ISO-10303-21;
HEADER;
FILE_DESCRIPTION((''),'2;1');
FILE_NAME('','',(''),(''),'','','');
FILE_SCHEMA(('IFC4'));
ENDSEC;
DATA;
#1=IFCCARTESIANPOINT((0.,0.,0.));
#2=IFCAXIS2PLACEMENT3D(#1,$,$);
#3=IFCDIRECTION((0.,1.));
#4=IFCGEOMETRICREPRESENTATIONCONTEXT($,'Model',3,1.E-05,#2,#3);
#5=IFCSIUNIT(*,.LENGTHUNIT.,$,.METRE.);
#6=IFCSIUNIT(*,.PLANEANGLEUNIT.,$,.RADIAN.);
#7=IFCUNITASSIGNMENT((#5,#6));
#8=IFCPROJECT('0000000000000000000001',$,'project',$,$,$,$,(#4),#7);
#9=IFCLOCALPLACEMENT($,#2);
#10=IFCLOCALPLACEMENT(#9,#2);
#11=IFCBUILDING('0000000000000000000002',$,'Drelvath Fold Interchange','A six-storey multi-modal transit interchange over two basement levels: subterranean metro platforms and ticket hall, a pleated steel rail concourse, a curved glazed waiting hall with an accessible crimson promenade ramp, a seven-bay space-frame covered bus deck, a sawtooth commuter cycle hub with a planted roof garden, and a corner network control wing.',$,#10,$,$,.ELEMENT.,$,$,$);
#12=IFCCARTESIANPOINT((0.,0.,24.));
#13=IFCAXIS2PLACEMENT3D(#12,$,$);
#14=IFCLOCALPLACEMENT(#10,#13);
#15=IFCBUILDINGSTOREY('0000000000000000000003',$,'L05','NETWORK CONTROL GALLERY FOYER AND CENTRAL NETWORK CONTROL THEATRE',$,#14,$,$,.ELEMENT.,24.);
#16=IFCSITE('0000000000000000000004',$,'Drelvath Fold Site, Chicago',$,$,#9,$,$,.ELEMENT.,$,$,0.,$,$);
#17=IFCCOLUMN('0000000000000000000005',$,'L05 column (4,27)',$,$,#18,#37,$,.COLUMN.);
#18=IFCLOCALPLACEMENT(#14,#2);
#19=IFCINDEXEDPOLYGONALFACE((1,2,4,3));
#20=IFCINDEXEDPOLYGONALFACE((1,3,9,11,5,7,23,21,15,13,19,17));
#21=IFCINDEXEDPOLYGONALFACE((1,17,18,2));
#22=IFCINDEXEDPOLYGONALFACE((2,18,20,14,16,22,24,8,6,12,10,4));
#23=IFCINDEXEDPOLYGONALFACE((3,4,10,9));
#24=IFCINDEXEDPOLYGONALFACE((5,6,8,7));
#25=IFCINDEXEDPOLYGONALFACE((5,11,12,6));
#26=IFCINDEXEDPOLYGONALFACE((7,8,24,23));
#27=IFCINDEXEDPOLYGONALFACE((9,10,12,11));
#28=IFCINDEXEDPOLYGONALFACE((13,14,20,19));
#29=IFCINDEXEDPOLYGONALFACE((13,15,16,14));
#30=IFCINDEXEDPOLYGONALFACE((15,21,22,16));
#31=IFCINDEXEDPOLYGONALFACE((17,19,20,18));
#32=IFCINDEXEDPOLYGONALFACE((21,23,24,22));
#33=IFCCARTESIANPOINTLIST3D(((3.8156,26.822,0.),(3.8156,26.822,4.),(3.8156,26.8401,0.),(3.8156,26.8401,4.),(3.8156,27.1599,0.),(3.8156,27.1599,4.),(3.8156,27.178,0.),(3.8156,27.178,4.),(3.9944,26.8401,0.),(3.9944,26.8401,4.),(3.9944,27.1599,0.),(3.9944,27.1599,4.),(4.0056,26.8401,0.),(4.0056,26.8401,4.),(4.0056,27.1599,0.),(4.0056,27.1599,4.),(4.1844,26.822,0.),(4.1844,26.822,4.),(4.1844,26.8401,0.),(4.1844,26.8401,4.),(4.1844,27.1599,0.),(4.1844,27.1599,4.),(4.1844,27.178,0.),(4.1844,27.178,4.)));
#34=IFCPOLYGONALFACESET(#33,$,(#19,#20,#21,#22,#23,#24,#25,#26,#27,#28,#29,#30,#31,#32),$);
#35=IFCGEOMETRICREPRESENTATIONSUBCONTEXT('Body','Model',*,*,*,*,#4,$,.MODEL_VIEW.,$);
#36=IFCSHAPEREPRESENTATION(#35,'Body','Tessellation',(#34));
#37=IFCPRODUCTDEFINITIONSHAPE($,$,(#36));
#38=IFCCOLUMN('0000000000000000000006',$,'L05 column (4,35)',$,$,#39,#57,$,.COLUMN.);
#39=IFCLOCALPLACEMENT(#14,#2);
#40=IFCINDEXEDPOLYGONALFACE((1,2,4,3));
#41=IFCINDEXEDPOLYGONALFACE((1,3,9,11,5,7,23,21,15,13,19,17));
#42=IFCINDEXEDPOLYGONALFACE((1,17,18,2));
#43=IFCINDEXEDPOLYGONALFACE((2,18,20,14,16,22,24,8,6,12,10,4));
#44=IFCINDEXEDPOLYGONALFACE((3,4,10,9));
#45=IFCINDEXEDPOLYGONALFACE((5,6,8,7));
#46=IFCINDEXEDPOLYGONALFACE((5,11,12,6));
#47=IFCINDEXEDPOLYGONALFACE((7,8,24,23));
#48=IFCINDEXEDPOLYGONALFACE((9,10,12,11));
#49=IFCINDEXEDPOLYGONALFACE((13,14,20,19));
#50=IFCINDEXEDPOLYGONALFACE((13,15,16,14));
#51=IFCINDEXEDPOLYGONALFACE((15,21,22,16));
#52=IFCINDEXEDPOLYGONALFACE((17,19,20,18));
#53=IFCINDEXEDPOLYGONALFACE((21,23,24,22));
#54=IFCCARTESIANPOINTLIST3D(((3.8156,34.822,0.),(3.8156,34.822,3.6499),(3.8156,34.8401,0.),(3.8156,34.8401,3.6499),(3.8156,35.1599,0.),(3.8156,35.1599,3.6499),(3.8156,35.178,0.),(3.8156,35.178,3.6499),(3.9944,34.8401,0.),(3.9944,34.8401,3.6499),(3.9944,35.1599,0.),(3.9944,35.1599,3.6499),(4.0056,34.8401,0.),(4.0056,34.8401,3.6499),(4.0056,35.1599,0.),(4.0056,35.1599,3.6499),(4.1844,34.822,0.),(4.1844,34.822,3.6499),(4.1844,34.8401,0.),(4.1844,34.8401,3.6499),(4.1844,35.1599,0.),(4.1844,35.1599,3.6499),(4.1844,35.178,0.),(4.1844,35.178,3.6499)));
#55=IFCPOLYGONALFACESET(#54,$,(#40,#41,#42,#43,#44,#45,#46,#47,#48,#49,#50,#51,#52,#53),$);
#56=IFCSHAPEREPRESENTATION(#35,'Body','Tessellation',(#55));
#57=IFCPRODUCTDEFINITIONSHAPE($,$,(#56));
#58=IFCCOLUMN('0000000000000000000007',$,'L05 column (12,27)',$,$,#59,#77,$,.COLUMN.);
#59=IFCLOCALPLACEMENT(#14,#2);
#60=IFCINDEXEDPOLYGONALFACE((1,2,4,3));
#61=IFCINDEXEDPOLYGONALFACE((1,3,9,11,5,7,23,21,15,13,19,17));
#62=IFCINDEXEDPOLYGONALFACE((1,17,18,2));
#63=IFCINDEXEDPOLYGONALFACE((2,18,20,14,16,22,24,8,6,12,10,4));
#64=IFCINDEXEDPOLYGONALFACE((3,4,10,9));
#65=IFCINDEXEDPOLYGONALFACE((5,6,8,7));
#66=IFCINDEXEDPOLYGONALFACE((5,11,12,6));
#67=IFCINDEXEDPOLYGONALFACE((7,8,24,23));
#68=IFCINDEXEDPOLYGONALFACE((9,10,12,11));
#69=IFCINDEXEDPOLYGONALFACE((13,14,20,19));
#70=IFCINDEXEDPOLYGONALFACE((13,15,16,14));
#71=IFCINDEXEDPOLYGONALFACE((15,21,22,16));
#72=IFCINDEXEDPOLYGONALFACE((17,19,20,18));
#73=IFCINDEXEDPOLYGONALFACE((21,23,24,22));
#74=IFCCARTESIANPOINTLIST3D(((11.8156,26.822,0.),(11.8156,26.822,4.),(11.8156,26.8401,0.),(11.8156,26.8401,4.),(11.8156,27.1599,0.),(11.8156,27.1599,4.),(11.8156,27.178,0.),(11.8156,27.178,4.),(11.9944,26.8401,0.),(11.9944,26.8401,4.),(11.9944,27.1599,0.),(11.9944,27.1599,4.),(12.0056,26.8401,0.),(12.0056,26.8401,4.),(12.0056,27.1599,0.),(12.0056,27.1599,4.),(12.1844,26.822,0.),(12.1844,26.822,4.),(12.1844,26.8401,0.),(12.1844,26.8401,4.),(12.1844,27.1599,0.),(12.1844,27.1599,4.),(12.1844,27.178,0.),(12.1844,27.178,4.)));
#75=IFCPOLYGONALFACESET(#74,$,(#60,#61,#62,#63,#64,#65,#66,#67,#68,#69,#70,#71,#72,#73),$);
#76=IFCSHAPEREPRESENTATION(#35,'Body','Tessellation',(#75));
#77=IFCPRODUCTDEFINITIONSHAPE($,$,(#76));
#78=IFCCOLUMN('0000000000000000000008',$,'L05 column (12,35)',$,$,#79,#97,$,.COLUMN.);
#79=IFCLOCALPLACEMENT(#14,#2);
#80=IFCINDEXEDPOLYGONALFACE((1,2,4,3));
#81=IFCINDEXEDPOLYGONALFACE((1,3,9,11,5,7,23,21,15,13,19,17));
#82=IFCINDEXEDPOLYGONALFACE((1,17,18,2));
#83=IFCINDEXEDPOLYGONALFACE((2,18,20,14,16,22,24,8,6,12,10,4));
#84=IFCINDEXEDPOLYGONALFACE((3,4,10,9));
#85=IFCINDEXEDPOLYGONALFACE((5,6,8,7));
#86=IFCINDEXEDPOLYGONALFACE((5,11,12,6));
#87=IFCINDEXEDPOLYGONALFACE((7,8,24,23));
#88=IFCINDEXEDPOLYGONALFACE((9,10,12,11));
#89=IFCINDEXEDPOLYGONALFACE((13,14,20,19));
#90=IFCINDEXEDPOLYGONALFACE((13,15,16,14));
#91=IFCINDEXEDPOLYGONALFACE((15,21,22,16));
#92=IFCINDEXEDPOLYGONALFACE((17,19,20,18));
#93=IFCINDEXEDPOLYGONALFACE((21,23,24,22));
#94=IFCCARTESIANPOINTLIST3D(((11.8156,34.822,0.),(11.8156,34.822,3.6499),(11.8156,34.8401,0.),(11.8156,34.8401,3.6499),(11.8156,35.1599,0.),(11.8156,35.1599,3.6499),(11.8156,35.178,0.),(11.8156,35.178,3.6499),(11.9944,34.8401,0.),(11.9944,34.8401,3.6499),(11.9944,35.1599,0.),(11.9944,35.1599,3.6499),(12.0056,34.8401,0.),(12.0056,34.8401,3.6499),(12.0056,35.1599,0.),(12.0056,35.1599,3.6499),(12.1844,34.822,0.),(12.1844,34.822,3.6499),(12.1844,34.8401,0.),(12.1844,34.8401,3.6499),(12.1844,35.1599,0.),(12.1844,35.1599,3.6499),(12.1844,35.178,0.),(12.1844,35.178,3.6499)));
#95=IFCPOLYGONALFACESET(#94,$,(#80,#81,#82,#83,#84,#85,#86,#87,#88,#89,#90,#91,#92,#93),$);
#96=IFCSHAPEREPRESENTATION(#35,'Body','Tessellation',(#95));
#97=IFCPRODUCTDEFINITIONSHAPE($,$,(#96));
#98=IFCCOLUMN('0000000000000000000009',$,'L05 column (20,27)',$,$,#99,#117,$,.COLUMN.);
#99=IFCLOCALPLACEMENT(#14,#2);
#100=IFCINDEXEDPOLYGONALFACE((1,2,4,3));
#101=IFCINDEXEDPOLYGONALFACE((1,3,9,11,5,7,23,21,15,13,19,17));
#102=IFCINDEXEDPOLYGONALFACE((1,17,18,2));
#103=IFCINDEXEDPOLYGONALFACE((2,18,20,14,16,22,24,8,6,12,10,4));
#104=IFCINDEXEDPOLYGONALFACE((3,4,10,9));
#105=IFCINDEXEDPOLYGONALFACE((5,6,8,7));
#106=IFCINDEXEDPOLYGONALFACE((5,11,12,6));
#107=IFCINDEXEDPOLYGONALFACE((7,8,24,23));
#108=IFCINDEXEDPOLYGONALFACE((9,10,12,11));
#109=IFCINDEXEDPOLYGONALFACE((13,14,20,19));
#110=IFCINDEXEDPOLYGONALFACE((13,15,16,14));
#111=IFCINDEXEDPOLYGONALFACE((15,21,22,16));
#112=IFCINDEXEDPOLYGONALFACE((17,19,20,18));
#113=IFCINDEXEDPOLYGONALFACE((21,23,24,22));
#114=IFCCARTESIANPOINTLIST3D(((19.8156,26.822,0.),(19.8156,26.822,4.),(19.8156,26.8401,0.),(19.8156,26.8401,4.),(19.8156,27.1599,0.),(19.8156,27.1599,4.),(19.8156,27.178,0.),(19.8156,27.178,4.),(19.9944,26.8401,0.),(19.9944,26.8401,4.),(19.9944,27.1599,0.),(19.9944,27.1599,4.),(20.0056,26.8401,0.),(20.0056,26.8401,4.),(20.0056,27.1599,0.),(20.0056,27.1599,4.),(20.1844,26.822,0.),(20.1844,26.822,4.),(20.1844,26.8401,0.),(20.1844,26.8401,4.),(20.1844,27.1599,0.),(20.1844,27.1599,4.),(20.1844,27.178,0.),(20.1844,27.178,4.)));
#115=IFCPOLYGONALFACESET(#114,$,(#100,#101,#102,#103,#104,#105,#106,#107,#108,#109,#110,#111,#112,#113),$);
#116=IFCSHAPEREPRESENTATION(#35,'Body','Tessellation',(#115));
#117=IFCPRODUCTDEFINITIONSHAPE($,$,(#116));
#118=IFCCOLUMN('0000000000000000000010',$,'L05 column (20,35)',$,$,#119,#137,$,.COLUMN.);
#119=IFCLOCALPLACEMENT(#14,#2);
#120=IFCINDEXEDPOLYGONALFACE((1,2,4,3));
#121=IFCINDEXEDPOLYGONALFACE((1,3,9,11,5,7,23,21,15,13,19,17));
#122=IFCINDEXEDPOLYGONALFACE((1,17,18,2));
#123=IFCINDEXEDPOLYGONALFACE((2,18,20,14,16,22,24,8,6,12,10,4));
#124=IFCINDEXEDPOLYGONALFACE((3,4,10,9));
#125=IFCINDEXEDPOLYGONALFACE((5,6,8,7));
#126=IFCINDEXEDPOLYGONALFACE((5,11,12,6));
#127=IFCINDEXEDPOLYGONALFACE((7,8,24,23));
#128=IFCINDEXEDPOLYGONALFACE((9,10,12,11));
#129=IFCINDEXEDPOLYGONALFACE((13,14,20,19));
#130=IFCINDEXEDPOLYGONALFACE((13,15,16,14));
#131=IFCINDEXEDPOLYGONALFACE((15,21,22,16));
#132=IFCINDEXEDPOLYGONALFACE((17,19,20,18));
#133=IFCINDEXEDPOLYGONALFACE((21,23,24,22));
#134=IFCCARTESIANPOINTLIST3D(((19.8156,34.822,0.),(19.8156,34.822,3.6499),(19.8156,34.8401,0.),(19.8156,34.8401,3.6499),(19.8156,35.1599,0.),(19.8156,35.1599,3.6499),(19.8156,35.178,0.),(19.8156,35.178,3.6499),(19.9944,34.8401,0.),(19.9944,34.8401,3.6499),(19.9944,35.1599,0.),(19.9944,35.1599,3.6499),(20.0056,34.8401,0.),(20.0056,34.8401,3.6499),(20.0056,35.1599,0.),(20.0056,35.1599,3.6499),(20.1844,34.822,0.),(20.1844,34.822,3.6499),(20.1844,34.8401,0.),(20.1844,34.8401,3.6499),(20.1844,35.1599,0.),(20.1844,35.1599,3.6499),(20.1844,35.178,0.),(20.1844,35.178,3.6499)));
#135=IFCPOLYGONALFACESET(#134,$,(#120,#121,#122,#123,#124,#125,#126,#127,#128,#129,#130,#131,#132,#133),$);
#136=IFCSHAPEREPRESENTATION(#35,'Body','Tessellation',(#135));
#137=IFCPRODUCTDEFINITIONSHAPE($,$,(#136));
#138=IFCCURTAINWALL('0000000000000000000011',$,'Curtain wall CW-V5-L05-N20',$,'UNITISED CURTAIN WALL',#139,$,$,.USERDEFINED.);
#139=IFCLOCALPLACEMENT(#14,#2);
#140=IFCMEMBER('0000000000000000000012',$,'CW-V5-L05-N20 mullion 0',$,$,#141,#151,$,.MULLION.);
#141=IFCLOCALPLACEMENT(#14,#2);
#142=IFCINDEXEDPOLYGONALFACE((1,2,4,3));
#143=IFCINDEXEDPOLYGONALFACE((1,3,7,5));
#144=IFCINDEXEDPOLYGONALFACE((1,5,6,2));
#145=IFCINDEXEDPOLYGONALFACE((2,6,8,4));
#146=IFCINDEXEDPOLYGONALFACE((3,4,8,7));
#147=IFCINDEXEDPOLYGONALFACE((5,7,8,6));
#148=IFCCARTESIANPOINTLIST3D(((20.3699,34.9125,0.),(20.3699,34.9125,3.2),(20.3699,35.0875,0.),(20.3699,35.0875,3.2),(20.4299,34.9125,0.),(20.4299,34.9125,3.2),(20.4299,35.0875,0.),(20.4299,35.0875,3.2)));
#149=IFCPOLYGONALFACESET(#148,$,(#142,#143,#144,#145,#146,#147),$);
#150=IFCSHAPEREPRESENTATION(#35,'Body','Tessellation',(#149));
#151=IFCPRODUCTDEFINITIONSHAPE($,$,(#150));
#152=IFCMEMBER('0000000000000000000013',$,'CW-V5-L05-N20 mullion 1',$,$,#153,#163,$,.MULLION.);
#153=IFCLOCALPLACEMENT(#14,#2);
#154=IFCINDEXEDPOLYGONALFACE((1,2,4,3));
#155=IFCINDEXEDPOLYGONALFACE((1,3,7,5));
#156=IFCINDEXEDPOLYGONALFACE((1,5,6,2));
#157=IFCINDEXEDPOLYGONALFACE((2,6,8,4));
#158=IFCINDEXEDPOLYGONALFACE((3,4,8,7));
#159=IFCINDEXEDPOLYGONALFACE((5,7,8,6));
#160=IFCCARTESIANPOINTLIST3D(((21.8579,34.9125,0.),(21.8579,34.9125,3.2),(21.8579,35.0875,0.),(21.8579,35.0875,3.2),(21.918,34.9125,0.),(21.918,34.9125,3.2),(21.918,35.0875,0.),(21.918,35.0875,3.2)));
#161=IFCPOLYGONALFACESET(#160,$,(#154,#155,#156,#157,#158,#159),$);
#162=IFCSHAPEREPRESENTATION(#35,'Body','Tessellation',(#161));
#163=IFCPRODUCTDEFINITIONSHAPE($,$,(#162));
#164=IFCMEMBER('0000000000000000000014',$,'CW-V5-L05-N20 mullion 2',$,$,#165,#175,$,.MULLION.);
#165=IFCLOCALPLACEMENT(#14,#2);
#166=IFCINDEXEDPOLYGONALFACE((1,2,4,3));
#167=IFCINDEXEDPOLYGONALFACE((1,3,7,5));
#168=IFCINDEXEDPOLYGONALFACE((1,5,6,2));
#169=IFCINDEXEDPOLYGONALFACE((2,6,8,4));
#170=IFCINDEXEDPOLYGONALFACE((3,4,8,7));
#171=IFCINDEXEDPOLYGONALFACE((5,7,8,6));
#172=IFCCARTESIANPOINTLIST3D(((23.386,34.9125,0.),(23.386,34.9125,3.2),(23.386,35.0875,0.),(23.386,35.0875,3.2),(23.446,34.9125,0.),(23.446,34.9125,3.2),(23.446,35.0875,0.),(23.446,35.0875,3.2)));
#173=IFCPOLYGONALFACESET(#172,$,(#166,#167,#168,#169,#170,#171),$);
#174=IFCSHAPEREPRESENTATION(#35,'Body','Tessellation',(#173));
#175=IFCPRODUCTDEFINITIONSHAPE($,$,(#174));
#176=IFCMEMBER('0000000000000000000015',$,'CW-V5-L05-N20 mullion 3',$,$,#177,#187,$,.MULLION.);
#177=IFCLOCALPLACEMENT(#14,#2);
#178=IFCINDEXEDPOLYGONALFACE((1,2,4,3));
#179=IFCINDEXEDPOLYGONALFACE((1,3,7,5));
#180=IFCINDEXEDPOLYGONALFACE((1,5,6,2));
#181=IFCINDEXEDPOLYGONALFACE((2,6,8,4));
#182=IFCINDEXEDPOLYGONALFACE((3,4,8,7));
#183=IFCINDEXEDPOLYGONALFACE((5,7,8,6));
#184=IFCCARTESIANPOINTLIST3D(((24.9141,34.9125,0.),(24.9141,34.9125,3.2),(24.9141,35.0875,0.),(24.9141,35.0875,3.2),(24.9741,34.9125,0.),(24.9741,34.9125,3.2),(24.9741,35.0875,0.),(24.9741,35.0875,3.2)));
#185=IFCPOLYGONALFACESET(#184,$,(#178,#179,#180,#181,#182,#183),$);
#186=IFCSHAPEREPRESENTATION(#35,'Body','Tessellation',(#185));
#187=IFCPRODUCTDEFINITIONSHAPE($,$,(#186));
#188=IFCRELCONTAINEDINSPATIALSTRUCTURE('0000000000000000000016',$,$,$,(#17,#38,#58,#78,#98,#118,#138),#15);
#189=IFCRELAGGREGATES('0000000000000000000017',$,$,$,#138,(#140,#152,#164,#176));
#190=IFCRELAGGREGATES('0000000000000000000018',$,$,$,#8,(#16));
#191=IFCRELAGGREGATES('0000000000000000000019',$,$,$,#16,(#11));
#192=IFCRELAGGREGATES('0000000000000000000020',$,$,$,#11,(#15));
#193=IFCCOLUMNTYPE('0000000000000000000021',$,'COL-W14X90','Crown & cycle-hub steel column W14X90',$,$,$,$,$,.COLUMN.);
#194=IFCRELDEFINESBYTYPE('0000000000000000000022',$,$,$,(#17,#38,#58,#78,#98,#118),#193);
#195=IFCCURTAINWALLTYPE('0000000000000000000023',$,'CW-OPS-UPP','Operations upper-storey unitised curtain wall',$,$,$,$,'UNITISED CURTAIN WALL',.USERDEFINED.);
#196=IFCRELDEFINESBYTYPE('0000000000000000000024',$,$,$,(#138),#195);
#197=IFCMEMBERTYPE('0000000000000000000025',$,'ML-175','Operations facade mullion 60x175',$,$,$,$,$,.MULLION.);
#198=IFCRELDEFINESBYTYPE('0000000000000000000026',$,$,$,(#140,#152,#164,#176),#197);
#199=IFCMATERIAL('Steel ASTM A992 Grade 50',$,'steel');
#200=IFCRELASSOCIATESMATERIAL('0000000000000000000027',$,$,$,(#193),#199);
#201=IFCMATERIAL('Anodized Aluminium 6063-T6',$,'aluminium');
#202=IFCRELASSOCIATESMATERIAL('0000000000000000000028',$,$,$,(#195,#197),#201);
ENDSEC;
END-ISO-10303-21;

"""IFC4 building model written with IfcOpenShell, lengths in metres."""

from ifc_helpers import new_model, si_unit, direction, frame, origin, origin_2d, place, context, subcontext, project, spatial, rectangle, i_section, extrude, material, material_profile, profile_set, type_object, element, aggregate, save


model = new_model("IFC4")

# Units and contexts
model_context = context("Model", 3, precision=1e-05, world=origin(), true_north=direction((0.0, 1.0)))
body_context = subcontext(model_context, "Body", "Model", "MODEL_VIEW")
ifc_project = project(units=[si_unit("LENGTHUNIT", "METRE"), si_unit("PLANEANGLEUNIT", "RADIAN")], contexts=[model_context])

# Site, building, storey
site_placement = place(None, origin())
site = spatial("IfcSite", under=ifc_project, at=site_placement, Name="Drelvath Fold Site, Chicago", CompositionType="ELEMENT", RefElevation=0.0)
building_placement = place(site_placement, origin())
building = spatial("IfcBuilding", under=site, at=building_placement, Name="Drelvath Fold Interchange", Description="A six-storey multi-modal transit interchange over two basement levels: subterranean metro platforms and ticket hall, a pleated steel rail concourse, a curved glazed waiting hall with an accessible crimson promenade ramp, a seven-bay space-frame covered bus deck, a sawtooth commuter cycle hub with a planted roof garden, and a corner network control wing.", CompositionType="ELEMENT")
storey_placement = place(building_placement, frame((0.0, 0.0, 24.0)))
storey = spatial("IfcBuildingStorey", under=building, at=storey_placement, Name="L05", Description="NETWORK CONTROL GALLERY FOYER AND CENTRAL NETWORK CONTROL THEATRE", CompositionType="ELEMENT", Elevation=24.0)

# Columns
ifc_material_1 = material(Name="Steel ASTM A992 Grade 50", Category="steel")
ifc_material_profile_1 = material_profile(ifc_material_1, i_section(OverallWidth=0.3689, OverallDepth=0.356, WebThickness=0.0112, FlangeThickness=0.0181, at=origin_2d()), Name="W14X90")
ifc_profile_set_1 = profile_set([ifc_material_profile_1], Name="Steel ASTM A992 Grade 50")
column_type = type_object("IfcColumnType", Name="COL-W14X90", Description="Crown & cycle-hub steel column W14X90", PredefinedType="COLUMN", material=ifc_profile_set_1)
column_1_placement = place(storey_placement, frame((4.0, 27.0, 0.0), z_axis=(0.0, 0.0, 1.0), x_axis=(1.0, 0.0, 0.0)))
element("IfcColumn", 1, at=column_1_placement, inside=storey, type_object=column_type, Name="L05 column (4,27)", PredefinedType="COLUMN", context=body_context, shape_type="SweptSolid", body=[
    extrude(i_section(OverallWidth=0.3689, OverallDepth=0.356, WebThickness=0.0112, FlangeThickness=0.0181, at=origin_2d()), origin(), (0.0, 0.0, 1.0), 4.0),
])
column_2_placement = place(storey_placement, frame((4.0, 35.0, 0.0), z_axis=(0.0, 0.0, 1.0), x_axis=(1.0, 0.0, 0.0)))
element("IfcColumn", 2, at=column_2_placement, inside=storey, type_object=column_type, Name="L05 column (4,35)", PredefinedType="COLUMN", context=body_context, shape_type="SweptSolid", body=[
    extrude(i_section(OverallWidth=0.3689, OverallDepth=0.356, WebThickness=0.0112, FlangeThickness=0.0181, at=origin_2d()), origin(), (0.0, 0.0, 1.0), 3.6499),
])
column_3_placement = place(storey_placement, frame((12.0, 27.0, 0.0), z_axis=(0.0, 0.0, 1.0), x_axis=(1.0, 0.0, 0.0)))
element("IfcColumn", 3, at=column_3_placement, inside=storey, type_object=column_type, Name="L05 column (12,27)", PredefinedType="COLUMN", context=body_context, shape_type="SweptSolid", body=[
    extrude(i_section(OverallWidth=0.3689, OverallDepth=0.356, WebThickness=0.0112, FlangeThickness=0.0181, at=origin_2d()), origin(), (0.0, 0.0, 1.0), 4.0),
])
column_4_placement = place(storey_placement, frame((12.0, 35.0, 0.0), z_axis=(0.0, 0.0, 1.0), x_axis=(1.0, 0.0, 0.0)))
element("IfcColumn", 4, at=column_4_placement, inside=storey, type_object=column_type, Name="L05 column (12,35)", PredefinedType="COLUMN", context=body_context, shape_type="SweptSolid", body=[
    extrude(i_section(OverallWidth=0.3689, OverallDepth=0.356, WebThickness=0.0112, FlangeThickness=0.0181, at=origin_2d()), origin(), (0.0, 0.0, 1.0), 3.6499),
])
column_5_placement = place(storey_placement, frame((20.0, 27.0, 0.0), z_axis=(0.0, 0.0, 1.0), x_axis=(1.0, 0.0, 0.0)))
element("IfcColumn", 5, at=column_5_placement, inside=storey, type_object=column_type, Name="L05 column (20,27)", PredefinedType="COLUMN", context=body_context, shape_type="SweptSolid", body=[
    extrude(i_section(OverallWidth=0.3689, OverallDepth=0.356, WebThickness=0.0112, FlangeThickness=0.0181, at=origin_2d()), origin(), (0.0, 0.0, 1.0), 4.0),
])
column_6_placement = place(storey_placement, frame((20.0, 35.0, 0.0), z_axis=(0.0, 0.0, 1.0), x_axis=(1.0, 0.0, 0.0)))
element("IfcColumn", 6, at=column_6_placement, inside=storey, type_object=column_type, Name="L05 column (20,35)", PredefinedType="COLUMN", context=body_context, shape_type="SweptSolid", body=[
    extrude(i_section(OverallWidth=0.3689, OverallDepth=0.356, WebThickness=0.0112, FlangeThickness=0.0181, at=origin_2d()), origin(), (0.0, 0.0, 1.0), 3.6499),
])

# Curtain wall, members
ifc_material_2 = material(Name="Anodized Aluminium 6063-T6", Category="aluminium")
curtain_wall_type = type_object("IfcCurtainWallType", Name="CW-OPS-UPP", Description="Operations upper-storey unitised curtain wall", ElementType="UNITISED CURTAIN WALL", PredefinedType="USERDEFINED", material=ifc_material_2)
curtain_wall_placement = place(storey_placement, origin())
curtain_wall = element("IfcCurtainWall", 7, at=curtain_wall_placement, inside=storey, type_object=curtain_wall_type, Name="Curtain wall CW-V5-L05-N20", ObjectType="UNITISED CURTAIN WALL", PredefinedType="USERDEFINED")
ifc_material_profile_2 = material_profile(ifc_material_2, rectangle(XDim=0.0601, YDim=0.175, at=origin_2d()), Name="AL-M 60x175")
ifc_profile_set_2 = profile_set([ifc_material_profile_2], Name="Anodized Aluminium 6063-T6")
member_type_1 = type_object("IfcMemberType", Name="ML-175", Description="Operations facade mullion 60x175", PredefinedType="MULLION", material=ifc_profile_set_2)
member_1_placement = place(storey_placement, frame((20.3999, 35.0, 0.0), z_axis=(0.0, 0.0, 1.0), x_axis=(1.0, 0.0, 0.0)))
member_1 = element("IfcMember", 8, at=member_1_placement, type_object=member_type_1, Name="CW-V5-L05-N20 mullion 0", PredefinedType="MULLION", context=body_context, shape_type="SweptSolid", body=[
    extrude(rectangle(XDim=0.0601, YDim=0.175, at=origin_2d()), origin(), (0.0, 0.0, 1.0), 3.2),
])
member_2_placement = place(storey_placement, frame((21.8879, 35.0, 0.0), z_axis=(0.0, 0.0, 1.0), x_axis=(1.0, 0.0, 0.0)))
member_2 = element("IfcMember", 9, at=member_2_placement, type_object=member_type_1, Name="CW-V5-L05-N20 mullion 1", PredefinedType="MULLION", context=body_context, shape_type="SweptSolid", body=[
    extrude(rectangle(XDim=0.0601, YDim=0.175, at=origin_2d()), origin(), (0.0, 0.0, 1.0), 3.2),
])
member_3_placement = place(storey_placement, frame((23.416, 35.0, 0.0), z_axis=(0.0, 0.0, 1.0), x_axis=(1.0, 0.0, 0.0)))
member_3 = element("IfcMember", 10, at=member_3_placement, type_object=member_type_1, Name="CW-V5-L05-N20 mullion 2", PredefinedType="MULLION", context=body_context, shape_type="SweptSolid", body=[
    extrude(rectangle(XDim=0.0601, YDim=0.175, at=origin_2d()), origin(), (0.0, 0.0, 1.0), 3.2),
])
member_4_placement = place(storey_placement, frame((24.9441, 35.0, 0.0), z_axis=(0.0, 0.0, 1.0), x_axis=(1.0, 0.0, 0.0)))
member_4 = element("IfcMember", 11, at=member_4_placement, type_object=member_type_1, Name="CW-V5-L05-N20 mullion 3", PredefinedType="MULLION", context=body_context, shape_type="SweptSolid", body=[
    extrude(rectangle(XDim=0.0601, YDim=0.175, at=origin_2d()), origin(), (0.0, 0.0, 1.0), 3.2),
])
aggregate(curtain_wall, [member_1, member_2, member_3, member_4])

save(model, "model.ifc")
